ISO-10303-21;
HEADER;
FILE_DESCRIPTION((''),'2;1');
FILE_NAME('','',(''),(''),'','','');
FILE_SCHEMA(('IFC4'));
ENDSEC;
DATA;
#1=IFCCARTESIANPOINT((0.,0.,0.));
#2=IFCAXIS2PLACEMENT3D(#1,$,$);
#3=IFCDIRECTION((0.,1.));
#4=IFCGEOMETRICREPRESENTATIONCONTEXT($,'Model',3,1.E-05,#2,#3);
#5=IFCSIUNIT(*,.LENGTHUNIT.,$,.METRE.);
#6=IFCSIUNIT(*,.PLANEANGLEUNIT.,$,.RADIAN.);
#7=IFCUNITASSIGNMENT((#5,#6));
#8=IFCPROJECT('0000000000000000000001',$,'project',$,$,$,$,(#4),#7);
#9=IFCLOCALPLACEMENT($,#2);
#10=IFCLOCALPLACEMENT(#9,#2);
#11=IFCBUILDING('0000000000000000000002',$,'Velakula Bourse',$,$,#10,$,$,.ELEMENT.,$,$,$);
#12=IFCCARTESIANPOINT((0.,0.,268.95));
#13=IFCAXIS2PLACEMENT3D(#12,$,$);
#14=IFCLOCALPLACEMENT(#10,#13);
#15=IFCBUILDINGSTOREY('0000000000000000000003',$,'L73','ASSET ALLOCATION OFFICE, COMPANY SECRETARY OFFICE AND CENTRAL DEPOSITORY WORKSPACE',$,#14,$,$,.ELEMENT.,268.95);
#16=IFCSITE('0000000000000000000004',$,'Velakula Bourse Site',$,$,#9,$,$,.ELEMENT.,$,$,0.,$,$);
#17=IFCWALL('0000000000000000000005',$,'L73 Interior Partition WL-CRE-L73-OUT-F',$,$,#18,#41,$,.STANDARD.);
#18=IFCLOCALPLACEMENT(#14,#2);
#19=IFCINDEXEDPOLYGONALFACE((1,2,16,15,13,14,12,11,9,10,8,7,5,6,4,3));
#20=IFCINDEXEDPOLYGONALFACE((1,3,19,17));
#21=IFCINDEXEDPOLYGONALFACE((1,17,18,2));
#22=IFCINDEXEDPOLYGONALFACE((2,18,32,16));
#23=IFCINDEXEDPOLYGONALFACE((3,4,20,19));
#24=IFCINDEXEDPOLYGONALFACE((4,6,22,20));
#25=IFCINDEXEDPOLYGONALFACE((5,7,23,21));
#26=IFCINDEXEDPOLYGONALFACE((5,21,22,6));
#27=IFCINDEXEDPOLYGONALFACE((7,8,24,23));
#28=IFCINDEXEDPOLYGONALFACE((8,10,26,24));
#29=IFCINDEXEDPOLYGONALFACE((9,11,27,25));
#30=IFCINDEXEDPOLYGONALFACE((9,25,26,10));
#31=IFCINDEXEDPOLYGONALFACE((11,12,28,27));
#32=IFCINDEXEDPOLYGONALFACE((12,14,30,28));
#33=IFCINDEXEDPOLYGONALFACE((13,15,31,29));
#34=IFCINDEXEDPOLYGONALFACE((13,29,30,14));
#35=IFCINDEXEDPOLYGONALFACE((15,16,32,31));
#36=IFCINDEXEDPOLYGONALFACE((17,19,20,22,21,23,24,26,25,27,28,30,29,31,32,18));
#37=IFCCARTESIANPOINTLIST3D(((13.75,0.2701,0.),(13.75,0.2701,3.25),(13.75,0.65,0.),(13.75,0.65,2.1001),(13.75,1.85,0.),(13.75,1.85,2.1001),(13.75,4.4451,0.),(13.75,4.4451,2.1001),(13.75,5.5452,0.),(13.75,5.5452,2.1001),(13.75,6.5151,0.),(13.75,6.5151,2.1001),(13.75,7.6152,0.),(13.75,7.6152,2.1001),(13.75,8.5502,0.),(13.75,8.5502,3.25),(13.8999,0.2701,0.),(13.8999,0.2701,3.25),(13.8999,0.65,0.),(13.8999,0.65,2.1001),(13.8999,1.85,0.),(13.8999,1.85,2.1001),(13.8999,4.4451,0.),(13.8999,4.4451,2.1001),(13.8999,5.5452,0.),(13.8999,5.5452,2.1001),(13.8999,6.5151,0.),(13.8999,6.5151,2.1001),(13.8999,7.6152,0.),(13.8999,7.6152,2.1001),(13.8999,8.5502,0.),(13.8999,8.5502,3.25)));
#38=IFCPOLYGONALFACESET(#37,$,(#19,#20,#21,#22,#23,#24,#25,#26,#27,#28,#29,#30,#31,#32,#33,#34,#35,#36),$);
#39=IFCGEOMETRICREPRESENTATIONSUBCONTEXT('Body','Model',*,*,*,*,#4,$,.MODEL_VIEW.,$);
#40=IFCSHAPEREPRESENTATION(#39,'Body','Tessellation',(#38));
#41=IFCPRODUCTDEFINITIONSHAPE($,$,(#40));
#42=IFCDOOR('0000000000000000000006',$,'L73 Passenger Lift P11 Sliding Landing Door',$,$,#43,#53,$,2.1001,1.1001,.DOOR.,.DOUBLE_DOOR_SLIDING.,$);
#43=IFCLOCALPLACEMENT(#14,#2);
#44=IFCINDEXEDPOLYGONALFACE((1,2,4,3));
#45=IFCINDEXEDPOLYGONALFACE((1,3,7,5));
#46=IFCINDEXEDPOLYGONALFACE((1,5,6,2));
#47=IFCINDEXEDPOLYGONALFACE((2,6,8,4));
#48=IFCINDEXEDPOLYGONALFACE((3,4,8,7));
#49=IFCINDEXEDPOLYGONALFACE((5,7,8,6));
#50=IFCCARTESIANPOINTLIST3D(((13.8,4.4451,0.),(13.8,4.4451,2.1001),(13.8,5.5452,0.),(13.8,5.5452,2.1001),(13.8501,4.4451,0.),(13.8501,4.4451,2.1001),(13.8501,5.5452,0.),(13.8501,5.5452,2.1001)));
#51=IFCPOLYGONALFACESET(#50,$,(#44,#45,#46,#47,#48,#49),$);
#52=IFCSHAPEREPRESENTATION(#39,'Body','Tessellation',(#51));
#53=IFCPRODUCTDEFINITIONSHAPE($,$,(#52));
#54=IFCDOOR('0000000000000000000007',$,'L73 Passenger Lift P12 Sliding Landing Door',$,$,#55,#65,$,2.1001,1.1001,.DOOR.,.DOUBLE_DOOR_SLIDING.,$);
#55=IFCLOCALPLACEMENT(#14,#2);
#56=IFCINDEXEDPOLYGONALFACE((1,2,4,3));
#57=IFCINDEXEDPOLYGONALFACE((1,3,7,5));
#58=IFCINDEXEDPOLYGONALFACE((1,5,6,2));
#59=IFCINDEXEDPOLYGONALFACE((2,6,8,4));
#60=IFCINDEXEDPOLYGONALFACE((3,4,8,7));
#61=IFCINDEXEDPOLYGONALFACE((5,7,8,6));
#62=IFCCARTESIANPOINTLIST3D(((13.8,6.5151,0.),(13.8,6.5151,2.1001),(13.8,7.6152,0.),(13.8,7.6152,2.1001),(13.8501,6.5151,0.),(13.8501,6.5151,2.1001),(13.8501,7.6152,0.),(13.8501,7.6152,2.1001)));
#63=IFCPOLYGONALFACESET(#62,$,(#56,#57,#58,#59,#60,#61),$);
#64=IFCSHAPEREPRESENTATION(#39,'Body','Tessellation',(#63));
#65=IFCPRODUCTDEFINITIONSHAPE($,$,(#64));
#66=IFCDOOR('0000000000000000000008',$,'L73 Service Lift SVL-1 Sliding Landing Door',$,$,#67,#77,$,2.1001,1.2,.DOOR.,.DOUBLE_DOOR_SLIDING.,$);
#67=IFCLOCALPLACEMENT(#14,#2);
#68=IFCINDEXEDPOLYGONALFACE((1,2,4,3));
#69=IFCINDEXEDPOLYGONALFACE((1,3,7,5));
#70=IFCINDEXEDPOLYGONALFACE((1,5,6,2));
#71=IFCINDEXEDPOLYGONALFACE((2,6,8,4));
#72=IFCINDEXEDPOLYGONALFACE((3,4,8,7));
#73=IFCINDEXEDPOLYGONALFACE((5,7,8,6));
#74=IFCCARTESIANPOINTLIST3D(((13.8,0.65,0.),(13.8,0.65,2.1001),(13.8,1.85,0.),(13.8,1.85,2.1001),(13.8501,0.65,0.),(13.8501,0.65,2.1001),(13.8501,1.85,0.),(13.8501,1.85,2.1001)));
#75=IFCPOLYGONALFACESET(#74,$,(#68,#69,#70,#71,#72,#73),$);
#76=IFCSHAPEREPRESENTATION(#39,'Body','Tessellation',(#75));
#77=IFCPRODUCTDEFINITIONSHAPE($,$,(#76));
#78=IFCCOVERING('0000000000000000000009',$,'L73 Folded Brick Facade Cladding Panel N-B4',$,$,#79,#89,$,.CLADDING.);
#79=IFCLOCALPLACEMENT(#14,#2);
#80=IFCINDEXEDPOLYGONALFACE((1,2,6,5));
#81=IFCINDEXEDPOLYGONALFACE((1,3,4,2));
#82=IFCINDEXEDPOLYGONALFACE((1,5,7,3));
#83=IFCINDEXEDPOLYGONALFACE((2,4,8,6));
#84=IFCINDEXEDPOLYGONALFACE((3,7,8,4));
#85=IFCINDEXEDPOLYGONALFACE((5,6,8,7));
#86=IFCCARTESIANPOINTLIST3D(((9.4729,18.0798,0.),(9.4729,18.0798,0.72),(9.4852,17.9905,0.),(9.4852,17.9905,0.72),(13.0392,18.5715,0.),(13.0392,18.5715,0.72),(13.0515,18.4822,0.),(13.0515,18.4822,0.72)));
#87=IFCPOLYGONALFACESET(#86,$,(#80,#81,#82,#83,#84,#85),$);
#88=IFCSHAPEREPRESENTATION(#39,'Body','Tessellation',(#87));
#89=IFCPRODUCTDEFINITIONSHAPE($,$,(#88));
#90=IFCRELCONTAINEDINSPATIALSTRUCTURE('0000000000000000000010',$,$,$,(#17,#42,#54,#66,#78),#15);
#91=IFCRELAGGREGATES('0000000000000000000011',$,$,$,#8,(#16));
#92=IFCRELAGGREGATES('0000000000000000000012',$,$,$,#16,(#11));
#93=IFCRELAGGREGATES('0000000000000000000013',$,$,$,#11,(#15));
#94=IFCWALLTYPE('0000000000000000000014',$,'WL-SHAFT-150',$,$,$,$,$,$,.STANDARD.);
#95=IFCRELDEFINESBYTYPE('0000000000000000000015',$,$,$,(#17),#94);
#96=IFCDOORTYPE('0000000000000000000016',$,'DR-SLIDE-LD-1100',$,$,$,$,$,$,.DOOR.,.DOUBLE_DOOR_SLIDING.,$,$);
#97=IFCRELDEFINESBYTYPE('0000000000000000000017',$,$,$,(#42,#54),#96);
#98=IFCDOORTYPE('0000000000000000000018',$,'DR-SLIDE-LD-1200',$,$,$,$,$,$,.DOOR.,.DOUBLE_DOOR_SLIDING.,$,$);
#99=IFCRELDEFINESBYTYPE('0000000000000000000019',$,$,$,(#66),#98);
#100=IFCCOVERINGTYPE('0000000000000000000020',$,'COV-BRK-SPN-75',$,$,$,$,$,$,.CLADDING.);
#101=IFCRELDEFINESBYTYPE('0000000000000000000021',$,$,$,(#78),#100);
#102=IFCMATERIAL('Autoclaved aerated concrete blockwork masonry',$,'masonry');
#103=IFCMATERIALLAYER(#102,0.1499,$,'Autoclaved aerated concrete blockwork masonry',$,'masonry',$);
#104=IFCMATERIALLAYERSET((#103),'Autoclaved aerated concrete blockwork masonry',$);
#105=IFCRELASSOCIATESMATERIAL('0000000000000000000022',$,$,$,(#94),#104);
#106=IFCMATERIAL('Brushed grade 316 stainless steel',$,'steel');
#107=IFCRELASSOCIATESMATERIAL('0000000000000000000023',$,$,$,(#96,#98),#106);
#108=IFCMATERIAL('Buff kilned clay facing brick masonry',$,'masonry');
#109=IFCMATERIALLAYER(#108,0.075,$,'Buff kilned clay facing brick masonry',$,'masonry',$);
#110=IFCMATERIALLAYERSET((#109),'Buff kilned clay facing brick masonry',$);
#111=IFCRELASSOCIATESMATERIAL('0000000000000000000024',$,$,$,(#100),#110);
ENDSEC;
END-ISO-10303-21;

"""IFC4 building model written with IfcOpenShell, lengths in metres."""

from ifc_helpers import new_model, si_unit, direction, frame, frame_2d, origin, origin_2d, place, context, subcontext, project, spatial, rectangle, extrude, material, layer, layer_set, type_object, element, fill, save


model = new_model("IFC4")

# Units and contexts
model_context = context("Model", 3, precision=1e-05, world=origin(), true_north=direction((0.0, 1.0)))
body_context = subcontext(model_context, "Body", "Model", "MODEL_VIEW")
ifc_project = project(units=[si_unit("LENGTHUNIT", "METRE"), si_unit("PLANEANGLEUNIT", "RADIAN")], contexts=[model_context])

# Site, building, storey
site_placement = place(None, origin())
site = spatial("IfcSite", under=ifc_project, at=site_placement, Name="Velakula Bourse Site", CompositionType="ELEMENT", RefElevation=0.0)
building_placement = place(site_placement, origin())
building = spatial("IfcBuilding", under=site, at=building_placement, Name="Velakula Bourse", CompositionType="ELEMENT")
storey_placement = place(building_placement, frame((0.0, 0.0, 268.95)))
storey = spatial("IfcBuildingStorey", under=building, at=storey_placement, Name="L73", Description="ASSET ALLOCATION OFFICE, COMPANY SECRETARY OFFICE AND CENTRAL DEPOSITORY WORKSPACE", CompositionType="ELEMENT", Elevation=268.95)

# Shared definitions
ifc_material_1 = material(Name="Buff kilned clay facing brick masonry", Category="masonry")

# Shared definitions
ifc_material_2 = material(Name="Autoclaved aerated concrete blockwork masonry", Category="masonry")
ifc_layer_1 = layer(ifc_material_2, 0.1499, Name="Autoclaved aerated concrete blockwork masonry", Category="masonry")
ifc_layer_set_1 = layer_set([ifc_layer_1], Name="Autoclaved aerated concrete blockwork masonry")
wall_type_1 = type_object("IfcWallType", Name="WL-SHAFT-150", PredefinedType="STANDARD", material=ifc_layer_set_1)

# Wall, openings, doors
wall_1_placement = place(storey_placement, frame((13.825, 0.27, 0.0), z_axis=(0.0, 0.0, 1.0), x_axis=(0.0, 1.0, 0.0)))
wall_1 = element("IfcWall", 1, at=wall_1_placement, inside=storey, type_object=wall_type_1, Name="L73 Interior Partition WL-CRE-L73-OUT-F", PredefinedType="STANDARD", context=body_context, shape_type="SweptSolid", body=[
    extrude(rectangle(XDim=8.28, YDim=0.1499, at=frame_2d((4.1401, 0.0))), origin(), (0.0, 0.0, 1.0), 3.25),
])
opening_1_placement = place(wall_1_placement, frame((4.175, 0.0, 0.0)))
opening_1 = element("IfcOpeningElement", 2, at=opening_1_placement, cuts=wall_1, PredefinedType="OPENING", context=body_context, shape_type="SweptSolid", body=[
    extrude(rectangle(XDim=1.1001, YDim=2.1001, at=frame_2d((0.55, 1.05))), frame((0.0, 0.085, 0.0), z_axis=(0.0, -1.0, 0.0), x_axis=(1.0, 0.0, 0.0)), (0.0, 0.0, 1.0), 0.1699),
])
opening_2_placement = place(wall_1_placement, frame((6.2451, 0.0, 0.0)))
opening_2 = element("IfcOpeningElement", 3, at=opening_2_placement, cuts=wall_1, PredefinedType="OPENING", context=body_context, shape_type="SweptSolid", body=[
    extrude(rectangle(XDim=1.1001, YDim=2.1001, at=frame_2d((0.55, 1.05))), frame((0.0, 0.085, 0.0), z_axis=(0.0, -1.0, 0.0), x_axis=(1.0, 0.0, 0.0)), (0.0, 0.0, 1.0), 0.1699),
])
opening_3_placement = place(wall_1_placement, frame((0.3799, 0.0, 0.0)))
opening_3 = element("IfcOpeningElement", 4, at=opening_3_placement, cuts=wall_1, PredefinedType="OPENING", context=body_context, shape_type="SweptSolid", body=[
    extrude(rectangle(XDim=1.2, YDim=2.1001, at=frame_2d((0.6001, 1.05))), frame((0.0, 0.085, 0.0), z_axis=(0.0, -1.0, 0.0), x_axis=(1.0, 0.0, 0.0)), (0.0, 0.0, 1.0), 0.1699),
])
ifc_material_3 = material(Name="Brushed grade 316 stainless steel", Category="steel")
door_type_1 = type_object("IfcDoorType", Name="DR-SLIDE-LD-1100", OperationType="DOUBLE_DOOR_SLIDING", PredefinedType="DOOR", material=ifc_material_3)
door_1_placement = place(opening_1_placement, origin())
door_1 = element("IfcDoor", 5, at=door_1_placement, inside=storey, type_object=door_type_1, Name="L73 Passenger Lift P11 Sliding Landing Door", OperationType="DOUBLE_DOOR_SLIDING", OverallHeight=2.1001, OverallWidth=1.1001, PredefinedType="DOOR", context=body_context, shape_type="SweptSolid", body=[
    extrude(rectangle(XDim=1.1001, YDim=2.1001, at=frame_2d((0.55, 1.05))), frame((0.0, 0.0249, 0.0), z_axis=(0.0, -1.0, 0.0), x_axis=(1.0, 0.0, 0.0)), (0.0, 0.0, 1.0), 0.05),
])
fill(opening_1, door_1)
door_2_placement = place(opening_2_placement, origin())
door_2 = element("IfcDoor", 6, at=door_2_placement, inside=storey, type_object=door_type_1, Name="L73 Passenger Lift P12 Sliding Landing Door", OperationType="DOUBLE_DOOR_SLIDING", OverallHeight=2.1001, OverallWidth=1.1001, PredefinedType="DOOR", context=body_context, shape_type="SweptSolid", body=[
    extrude(rectangle(XDim=1.1001, YDim=2.1001, at=frame_2d((0.55, 1.05))), frame((0.0, 0.0249, 0.0), z_axis=(0.0, -1.0, 0.0), x_axis=(1.0, 0.0, 0.0)), (0.0, 0.0, 1.0), 0.05),
])
fill(opening_2, door_2)
door_type_2 = type_object("IfcDoorType", Name="DR-SLIDE-LD-1200", OperationType="DOUBLE_DOOR_SLIDING", PredefinedType="DOOR", material=ifc_material_3)
door_3_placement = place(opening_3_placement, origin())
door_3 = element("IfcDoor", 7, at=door_3_placement, inside=storey, type_object=door_type_2, Name="L73 Service Lift SVL-1 Sliding Landing Door", OperationType="DOUBLE_DOOR_SLIDING", OverallHeight=2.1001, OverallWidth=1.2, PredefinedType="DOOR", context=body_context, shape_type="SweptSolid", body=[
    extrude(rectangle(XDim=1.2, YDim=2.1001, at=frame_2d((0.6001, 1.05))), frame((0.0, 0.0249, 0.0), z_axis=(0.0, -1.0, 0.0), x_axis=(1.0, 0.0, 0.0)), (0.0, 0.0, 1.0), 0.05),
])
fill(opening_3, door_3)

# Covering
ifc_layer_2 = layer(ifc_material_1, 0.075, Name="Buff kilned clay facing brick masonry", Category="masonry")
ifc_layer_set_2 = layer_set([ifc_layer_2], Name="Buff kilned clay facing brick masonry")
covering_type = type_object("IfcCoveringType", Name="COV-BRK-SPN-75", PredefinedType="CLADDING", material=ifc_layer_set_2)
covering_placement = place(storey_placement, frame((11.2622, 18.281, 0.0), z_axis=(0.0, 0.0, 1.0), x_axis=(0.990629, 0.13658, 0.0)))
element("IfcCovering", 8, at=covering_placement, inside=storey, type_object=covering_type, Name="L73 Folded Brick Facade Cladding Panel N-B4", PredefinedType="CLADDING", context=body_context, shape_type="SweptSolid", body=[
    extrude(rectangle(XDim=3.6001, YDim=0.0901, at=origin_2d()), origin(), (0.0, 0.0, 1.0), 0.72),
])

save(model, "model.ifc")
